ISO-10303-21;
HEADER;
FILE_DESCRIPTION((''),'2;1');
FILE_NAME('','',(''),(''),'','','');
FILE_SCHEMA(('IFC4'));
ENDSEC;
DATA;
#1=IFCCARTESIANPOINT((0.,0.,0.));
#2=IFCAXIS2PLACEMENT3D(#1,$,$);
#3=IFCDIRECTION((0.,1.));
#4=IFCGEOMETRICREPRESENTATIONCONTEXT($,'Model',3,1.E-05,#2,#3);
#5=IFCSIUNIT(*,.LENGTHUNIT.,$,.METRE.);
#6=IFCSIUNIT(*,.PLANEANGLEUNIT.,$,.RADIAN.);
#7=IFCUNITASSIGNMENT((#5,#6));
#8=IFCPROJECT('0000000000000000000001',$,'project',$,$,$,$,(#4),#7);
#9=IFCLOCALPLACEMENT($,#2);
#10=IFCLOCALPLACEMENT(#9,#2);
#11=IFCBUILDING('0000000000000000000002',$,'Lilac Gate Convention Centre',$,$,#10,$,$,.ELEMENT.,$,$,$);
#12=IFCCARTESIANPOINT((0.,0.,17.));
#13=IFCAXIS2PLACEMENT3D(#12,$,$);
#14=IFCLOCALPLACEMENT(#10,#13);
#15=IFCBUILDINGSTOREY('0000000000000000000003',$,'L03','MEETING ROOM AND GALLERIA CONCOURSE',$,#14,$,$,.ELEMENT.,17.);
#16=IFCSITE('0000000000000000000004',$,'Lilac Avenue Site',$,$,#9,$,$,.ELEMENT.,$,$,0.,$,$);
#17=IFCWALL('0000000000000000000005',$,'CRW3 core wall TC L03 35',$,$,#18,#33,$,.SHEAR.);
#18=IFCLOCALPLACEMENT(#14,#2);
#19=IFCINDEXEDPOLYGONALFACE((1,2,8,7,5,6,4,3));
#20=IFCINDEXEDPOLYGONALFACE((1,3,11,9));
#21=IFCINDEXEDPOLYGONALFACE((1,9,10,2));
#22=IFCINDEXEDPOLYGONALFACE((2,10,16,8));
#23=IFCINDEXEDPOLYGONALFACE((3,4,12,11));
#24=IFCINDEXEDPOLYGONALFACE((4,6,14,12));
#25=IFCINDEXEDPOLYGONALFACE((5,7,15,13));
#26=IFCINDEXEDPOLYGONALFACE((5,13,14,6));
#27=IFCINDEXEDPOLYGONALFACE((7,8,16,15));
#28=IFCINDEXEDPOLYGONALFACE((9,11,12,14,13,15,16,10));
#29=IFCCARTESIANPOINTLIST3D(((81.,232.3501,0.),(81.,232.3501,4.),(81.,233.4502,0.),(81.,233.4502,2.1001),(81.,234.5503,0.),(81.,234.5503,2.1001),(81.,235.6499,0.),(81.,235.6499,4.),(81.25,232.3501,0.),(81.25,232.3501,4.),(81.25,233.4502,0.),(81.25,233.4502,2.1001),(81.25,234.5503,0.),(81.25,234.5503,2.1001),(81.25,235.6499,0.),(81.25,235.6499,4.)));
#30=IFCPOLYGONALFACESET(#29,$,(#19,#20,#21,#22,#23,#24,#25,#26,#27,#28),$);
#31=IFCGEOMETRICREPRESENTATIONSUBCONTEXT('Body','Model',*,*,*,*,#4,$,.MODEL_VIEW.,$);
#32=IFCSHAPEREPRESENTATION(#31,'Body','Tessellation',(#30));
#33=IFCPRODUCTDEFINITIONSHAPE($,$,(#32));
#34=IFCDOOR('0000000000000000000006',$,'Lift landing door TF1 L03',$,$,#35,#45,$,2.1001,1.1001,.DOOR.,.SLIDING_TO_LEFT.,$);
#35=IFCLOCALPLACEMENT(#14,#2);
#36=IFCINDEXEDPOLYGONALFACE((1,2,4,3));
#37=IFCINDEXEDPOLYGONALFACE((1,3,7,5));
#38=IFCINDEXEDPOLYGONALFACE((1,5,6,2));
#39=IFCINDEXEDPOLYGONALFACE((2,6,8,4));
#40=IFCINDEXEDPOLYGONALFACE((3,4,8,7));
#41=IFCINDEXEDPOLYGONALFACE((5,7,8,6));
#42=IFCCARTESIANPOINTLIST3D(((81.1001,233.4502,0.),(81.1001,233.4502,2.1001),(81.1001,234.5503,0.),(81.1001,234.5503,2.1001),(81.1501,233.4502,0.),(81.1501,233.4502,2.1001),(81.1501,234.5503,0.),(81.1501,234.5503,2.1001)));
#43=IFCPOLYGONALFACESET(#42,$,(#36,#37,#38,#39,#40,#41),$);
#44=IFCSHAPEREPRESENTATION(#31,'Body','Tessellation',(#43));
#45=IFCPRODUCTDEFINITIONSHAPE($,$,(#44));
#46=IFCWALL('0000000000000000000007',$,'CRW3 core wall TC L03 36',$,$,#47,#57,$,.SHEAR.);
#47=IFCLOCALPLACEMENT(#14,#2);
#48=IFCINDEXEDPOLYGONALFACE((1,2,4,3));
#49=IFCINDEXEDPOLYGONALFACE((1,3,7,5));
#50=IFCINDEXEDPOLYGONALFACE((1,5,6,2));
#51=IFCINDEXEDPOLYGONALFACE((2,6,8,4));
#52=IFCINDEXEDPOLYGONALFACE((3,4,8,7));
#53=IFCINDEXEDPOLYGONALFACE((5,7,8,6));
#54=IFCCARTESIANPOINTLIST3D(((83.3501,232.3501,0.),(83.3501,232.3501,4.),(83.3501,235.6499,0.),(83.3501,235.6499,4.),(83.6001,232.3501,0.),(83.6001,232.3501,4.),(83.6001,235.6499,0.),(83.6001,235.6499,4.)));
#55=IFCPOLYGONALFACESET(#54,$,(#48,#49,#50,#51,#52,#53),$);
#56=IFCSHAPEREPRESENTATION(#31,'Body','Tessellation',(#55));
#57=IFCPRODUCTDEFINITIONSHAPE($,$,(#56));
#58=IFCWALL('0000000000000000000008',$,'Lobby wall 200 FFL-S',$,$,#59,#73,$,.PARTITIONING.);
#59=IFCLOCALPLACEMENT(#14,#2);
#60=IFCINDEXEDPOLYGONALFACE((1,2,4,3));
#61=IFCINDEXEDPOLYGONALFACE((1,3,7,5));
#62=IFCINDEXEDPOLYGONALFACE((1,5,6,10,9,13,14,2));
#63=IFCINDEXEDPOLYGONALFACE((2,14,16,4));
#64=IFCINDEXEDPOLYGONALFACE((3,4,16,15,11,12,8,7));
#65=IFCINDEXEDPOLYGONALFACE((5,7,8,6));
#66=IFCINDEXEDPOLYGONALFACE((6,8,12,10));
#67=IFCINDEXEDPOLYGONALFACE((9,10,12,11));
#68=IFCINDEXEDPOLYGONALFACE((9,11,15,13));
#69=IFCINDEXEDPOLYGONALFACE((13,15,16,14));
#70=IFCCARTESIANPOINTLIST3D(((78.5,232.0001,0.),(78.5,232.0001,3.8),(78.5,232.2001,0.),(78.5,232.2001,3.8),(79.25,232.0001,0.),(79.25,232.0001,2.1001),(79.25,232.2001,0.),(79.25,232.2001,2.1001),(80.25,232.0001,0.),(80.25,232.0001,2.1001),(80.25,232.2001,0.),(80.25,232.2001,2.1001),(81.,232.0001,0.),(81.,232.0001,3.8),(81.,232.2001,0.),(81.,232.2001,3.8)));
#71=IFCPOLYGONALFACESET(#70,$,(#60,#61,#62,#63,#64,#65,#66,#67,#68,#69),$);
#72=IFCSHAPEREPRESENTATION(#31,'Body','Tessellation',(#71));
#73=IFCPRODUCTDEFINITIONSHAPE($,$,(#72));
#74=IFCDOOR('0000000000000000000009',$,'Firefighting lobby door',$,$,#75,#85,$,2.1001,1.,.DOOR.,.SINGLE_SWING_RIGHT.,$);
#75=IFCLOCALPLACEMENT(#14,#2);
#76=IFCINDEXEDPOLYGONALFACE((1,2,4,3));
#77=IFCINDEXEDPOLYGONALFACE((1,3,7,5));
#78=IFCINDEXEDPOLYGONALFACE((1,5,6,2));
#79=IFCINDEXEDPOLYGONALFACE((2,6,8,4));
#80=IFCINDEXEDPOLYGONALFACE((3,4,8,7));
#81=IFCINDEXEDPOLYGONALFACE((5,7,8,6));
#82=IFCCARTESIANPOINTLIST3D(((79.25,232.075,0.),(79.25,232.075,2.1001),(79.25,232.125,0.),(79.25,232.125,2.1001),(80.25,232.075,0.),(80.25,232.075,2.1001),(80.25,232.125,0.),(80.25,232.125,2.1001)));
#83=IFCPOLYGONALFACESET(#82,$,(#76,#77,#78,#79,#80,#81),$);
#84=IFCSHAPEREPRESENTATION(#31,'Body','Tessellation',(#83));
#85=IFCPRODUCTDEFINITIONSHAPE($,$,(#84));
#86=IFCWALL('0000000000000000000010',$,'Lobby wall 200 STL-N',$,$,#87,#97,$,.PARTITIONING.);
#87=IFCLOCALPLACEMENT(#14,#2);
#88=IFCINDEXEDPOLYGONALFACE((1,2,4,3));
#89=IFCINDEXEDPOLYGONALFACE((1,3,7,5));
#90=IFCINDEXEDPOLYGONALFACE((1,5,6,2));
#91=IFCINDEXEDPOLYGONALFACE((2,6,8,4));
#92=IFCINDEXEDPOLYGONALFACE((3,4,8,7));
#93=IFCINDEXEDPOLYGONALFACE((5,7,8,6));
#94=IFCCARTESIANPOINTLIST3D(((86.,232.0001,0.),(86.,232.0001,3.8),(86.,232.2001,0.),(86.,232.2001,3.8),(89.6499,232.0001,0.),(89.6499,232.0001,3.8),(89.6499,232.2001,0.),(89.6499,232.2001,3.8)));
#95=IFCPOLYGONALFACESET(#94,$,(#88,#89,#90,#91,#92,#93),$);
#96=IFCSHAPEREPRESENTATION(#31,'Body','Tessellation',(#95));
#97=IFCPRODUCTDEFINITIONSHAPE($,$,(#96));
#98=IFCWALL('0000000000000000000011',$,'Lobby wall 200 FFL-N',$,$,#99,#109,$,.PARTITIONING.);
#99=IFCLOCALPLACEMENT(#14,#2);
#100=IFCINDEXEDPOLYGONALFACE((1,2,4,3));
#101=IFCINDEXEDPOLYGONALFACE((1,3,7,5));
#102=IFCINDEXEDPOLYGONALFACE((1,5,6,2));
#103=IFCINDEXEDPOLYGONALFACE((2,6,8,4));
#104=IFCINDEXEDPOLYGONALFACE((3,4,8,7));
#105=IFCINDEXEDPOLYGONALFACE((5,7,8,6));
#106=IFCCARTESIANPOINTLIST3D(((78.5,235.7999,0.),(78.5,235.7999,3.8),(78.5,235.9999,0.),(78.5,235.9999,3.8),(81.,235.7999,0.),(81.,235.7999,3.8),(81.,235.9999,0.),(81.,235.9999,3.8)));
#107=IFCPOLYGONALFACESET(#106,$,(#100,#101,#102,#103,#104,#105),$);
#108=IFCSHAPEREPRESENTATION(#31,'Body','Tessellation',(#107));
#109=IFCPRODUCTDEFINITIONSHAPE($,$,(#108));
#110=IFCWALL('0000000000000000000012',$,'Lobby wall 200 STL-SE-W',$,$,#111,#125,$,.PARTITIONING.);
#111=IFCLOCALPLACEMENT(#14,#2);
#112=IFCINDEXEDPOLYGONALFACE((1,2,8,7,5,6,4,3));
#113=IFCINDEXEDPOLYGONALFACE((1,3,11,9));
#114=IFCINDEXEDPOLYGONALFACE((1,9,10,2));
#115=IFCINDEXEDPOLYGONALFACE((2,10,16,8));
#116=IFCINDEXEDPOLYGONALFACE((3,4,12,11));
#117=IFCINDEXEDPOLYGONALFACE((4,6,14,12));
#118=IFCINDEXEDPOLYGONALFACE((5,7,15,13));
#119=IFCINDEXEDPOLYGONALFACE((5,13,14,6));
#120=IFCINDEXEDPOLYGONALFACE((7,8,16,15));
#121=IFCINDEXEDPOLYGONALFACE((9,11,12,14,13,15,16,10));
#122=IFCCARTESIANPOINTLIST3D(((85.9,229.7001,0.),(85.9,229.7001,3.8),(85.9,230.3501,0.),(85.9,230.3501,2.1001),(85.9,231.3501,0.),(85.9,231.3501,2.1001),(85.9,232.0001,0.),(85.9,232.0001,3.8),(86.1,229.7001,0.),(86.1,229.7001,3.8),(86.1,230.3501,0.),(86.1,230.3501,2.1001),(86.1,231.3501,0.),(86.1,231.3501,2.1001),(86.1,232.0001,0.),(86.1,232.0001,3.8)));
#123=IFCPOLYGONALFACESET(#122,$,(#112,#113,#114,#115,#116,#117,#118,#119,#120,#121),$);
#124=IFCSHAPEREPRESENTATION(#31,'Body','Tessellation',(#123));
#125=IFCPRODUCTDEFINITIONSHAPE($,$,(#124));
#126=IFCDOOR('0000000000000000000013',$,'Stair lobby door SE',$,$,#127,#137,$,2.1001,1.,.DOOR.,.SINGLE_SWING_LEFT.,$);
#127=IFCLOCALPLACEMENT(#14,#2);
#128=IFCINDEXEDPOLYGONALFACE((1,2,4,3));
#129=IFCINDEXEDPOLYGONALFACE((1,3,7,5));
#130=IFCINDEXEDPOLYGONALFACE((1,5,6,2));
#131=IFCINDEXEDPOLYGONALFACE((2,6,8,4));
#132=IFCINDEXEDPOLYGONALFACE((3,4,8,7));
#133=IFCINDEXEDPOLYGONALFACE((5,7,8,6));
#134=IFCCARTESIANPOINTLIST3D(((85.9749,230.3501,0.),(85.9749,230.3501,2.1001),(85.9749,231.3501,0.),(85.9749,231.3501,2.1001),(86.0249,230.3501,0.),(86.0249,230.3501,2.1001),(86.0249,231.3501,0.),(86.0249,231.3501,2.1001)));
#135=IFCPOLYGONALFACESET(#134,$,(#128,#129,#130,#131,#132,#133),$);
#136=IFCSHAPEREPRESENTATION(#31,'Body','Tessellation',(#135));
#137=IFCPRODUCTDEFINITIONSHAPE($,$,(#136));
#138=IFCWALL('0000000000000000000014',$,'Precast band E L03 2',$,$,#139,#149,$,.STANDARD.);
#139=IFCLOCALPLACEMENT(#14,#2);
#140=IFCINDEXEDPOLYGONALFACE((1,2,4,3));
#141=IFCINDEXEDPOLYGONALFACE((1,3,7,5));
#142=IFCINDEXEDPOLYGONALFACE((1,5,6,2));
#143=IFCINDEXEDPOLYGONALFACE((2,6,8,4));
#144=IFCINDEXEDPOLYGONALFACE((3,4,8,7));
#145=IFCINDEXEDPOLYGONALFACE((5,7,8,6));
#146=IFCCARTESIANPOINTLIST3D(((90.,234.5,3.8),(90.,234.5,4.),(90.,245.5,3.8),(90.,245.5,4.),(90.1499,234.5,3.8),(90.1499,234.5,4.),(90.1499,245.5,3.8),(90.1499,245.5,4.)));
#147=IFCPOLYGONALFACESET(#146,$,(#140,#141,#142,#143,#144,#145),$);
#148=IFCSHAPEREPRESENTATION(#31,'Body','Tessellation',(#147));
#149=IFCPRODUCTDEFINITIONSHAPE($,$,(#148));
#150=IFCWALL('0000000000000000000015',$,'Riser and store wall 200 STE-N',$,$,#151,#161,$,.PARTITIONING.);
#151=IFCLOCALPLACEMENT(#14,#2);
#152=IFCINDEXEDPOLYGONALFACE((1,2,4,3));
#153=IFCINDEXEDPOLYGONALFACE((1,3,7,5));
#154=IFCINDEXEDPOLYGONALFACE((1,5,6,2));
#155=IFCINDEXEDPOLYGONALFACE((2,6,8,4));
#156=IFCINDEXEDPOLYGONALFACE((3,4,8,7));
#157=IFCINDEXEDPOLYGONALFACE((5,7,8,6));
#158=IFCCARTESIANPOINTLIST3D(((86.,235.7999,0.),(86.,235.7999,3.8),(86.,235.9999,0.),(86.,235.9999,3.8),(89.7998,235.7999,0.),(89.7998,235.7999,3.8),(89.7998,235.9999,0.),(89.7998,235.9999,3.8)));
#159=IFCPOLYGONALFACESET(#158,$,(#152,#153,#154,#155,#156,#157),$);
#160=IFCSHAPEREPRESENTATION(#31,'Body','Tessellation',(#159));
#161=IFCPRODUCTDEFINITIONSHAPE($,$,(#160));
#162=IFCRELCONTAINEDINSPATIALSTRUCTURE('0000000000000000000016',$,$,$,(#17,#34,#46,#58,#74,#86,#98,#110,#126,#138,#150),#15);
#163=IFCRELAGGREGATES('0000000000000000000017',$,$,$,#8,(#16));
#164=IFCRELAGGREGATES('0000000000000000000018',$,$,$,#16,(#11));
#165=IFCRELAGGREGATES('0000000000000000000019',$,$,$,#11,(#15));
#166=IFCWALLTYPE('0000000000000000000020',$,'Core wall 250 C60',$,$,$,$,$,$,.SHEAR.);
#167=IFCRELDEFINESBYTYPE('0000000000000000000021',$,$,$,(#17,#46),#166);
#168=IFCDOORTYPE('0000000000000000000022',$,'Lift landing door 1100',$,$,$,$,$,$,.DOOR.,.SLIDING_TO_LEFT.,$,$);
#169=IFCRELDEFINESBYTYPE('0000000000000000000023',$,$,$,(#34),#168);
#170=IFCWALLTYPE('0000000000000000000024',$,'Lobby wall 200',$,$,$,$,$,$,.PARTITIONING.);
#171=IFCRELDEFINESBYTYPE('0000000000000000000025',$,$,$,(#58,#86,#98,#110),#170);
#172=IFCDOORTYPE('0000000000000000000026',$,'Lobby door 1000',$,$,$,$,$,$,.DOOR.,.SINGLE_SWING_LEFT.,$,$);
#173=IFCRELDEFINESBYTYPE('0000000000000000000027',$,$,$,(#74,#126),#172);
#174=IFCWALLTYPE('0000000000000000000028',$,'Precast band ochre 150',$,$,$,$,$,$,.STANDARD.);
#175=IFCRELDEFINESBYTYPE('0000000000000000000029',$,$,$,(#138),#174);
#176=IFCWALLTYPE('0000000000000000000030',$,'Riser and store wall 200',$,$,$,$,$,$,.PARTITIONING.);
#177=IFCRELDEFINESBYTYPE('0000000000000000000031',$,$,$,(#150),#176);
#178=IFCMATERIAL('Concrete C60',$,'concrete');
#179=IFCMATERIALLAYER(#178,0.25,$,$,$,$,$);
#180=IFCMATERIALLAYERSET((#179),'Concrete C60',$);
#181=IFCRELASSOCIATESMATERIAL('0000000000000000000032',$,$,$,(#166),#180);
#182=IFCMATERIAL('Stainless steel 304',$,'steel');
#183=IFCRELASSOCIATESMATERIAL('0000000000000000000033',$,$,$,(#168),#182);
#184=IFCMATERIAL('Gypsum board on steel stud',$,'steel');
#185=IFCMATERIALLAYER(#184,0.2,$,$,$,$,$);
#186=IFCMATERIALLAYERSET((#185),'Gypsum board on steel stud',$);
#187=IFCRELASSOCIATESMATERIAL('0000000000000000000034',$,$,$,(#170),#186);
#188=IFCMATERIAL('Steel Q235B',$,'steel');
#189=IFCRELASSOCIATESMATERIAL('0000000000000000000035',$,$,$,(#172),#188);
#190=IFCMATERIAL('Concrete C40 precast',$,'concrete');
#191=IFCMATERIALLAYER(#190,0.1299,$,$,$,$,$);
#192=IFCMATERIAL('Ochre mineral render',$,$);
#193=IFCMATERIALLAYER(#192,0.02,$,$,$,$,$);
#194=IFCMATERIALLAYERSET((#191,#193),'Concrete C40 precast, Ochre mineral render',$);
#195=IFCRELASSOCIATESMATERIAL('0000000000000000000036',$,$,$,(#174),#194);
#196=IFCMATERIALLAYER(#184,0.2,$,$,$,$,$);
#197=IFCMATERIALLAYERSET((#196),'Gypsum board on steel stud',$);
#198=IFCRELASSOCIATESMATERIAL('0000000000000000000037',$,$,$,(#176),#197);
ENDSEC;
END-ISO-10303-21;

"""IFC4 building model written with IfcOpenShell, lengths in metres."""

from ifc_helpers import new_model, si_unit, direction, frame, frame_2d, origin, place, context, subcontext, project, spatial, rectangle, extrude, material, layer, layer_set, type_object, element, fill, save


model = new_model("IFC4")

# Units and contexts
model_context = context("Model", 3, precision=1e-05, world=origin(), true_north=direction((0.0, 1.0)))
body_context = subcontext(model_context, "Body", "Model", "MODEL_VIEW")
ifc_project = project(units=[si_unit("LENGTHUNIT", "METRE"), si_unit("PLANEANGLEUNIT", "RADIAN")], contexts=[model_context])

# Site, building, storey
site_placement = place(None, origin())
site = spatial("IfcSite", under=ifc_project, at=site_placement, Name="Lilac Avenue Site", CompositionType="ELEMENT", RefElevation=0.0)
building_placement = place(site_placement, origin())
building = spatial("IfcBuilding", under=site, at=building_placement, Name="Lilac Gate Convention Centre", CompositionType="ELEMENT")
storey_placement = place(building_placement, frame((0.0, 0.0, 17.0)))
storey = spatial("IfcBuildingStorey", under=building, at=storey_placement, Name="L03", Description="MEETING ROOM AND GALLERIA CONCOURSE", CompositionType="ELEMENT", Elevation=17.0)

# Shared definitions
ifc_material_1 = material(Name="Concrete C60", Category="concrete")
ifc_layer_1 = layer(ifc_material_1, 0.25)
ifc_layer_set_1 = layer_set([ifc_layer_1], Name="Concrete C60")
wall_type_1 = type_object("IfcWallType", Name="Core wall 250 C60", PredefinedType="SHEAR", material=ifc_layer_set_1)

# Wall, opening, door
wall_1_placement = place(storey_placement, frame((81.125, 232.3501, 0.0), z_axis=(0.0, 0.0, 1.0), x_axis=(0.0, 1.0, 0.0)))
wall_1 = element("IfcWall", 1, at=wall_1_placement, inside=storey, type_object=wall_type_1, Name="CRW3 core wall TC L03 35", PredefinedType="SHEAR", context=body_context, shape_type="SweptSolid", body=[
    extrude(rectangle(XDim=3.2998, YDim=0.25, at=frame_2d((1.6499, 0.0))), origin(), (0.0, 0.0, 1.0), 4.0),
])
opening_1_placement = place(wall_1_placement, frame((1.1001, 0.0, 0.0)))
opening_1 = element("IfcOpeningElement", 2, at=opening_1_placement, cuts=wall_1, PredefinedType="OPENING", context=body_context, shape_type="SweptSolid", body=[
    extrude(rectangle(XDim=1.1001, YDim=2.1001, at=frame_2d((0.55, 1.05))), frame((0.0, 0.135, 0.0), z_axis=(0.0, -1.0, 0.0), x_axis=(1.0, 0.0, 0.0)), (0.0, 0.0, 1.0), 0.27),
])
ifc_material_2 = material(Name="Stainless steel 304", Category="steel")
door_type_1 = type_object("IfcDoorType", Name="Lift landing door 1100", OperationType="SLIDING_TO_LEFT", PredefinedType="DOOR", material=ifc_material_2)
door_1_placement = place(opening_1_placement, origin())
door_1 = element("IfcDoor", 3, at=door_1_placement, inside=storey, type_object=door_type_1, Name="Lift landing door TF1 L03", OperationType="SLIDING_TO_LEFT", OverallHeight=2.1001, OverallWidth=1.1001, PredefinedType="DOOR", context=body_context, shape_type="SweptSolid", body=[
    extrude(rectangle(XDim=1.1001, YDim=2.1001, at=frame_2d((0.55, 1.05))), frame((0.0, 0.0249, 0.0), z_axis=(0.0, -1.0, 0.0), x_axis=(1.0, 0.0, 0.0)), (0.0, 0.0, 1.0), 0.05),
])
fill(opening_1, door_1)

# Wall
wall_2_placement = place(storey_placement, frame((83.4751, 232.3501, 0.0), z_axis=(0.0, 0.0, 1.0), x_axis=(0.0, 1.0, 0.0)))
element("IfcWall", 4, at=wall_2_placement, inside=storey, type_object=wall_type_1, Name="CRW3 core wall TC L03 36", PredefinedType="SHEAR", context=body_context, shape_type="SweptSolid", body=[
    extrude(rectangle(XDim=3.2998, YDim=0.25, at=frame_2d((1.6499, 0.0))), origin(), (0.0, 0.0, 1.0), 4.0),
])

# Wall, opening, door
ifc_material_3 = material(Name="Gypsum board on steel stud", Category="steel")
ifc_layer_2 = layer(ifc_material_3, 0.2)
ifc_layer_set_2 = layer_set([ifc_layer_2], Name="Gypsum board on steel stud")
wall_type_2 = type_object("IfcWallType", Name="Lobby wall 200", PredefinedType="PARTITIONING", material=ifc_layer_set_2)
wall_3_placement = place(storey_placement, frame((78.5, 232.1001, 0.0), z_axis=(0.0, 0.0, 1.0), x_axis=(1.0, 0.0, 0.0)))
wall_3 = element("IfcWall", 5, at=wall_3_placement, inside=storey, type_object=wall_type_2, Name="Lobby wall 200 FFL-S", PredefinedType="PARTITIONING", context=body_context, shape_type="SweptSolid", body=[
    extrude(rectangle(XDim=2.5, YDim=0.2, at=frame_2d((1.25, 0.0))), origin(), (0.0, 0.0, 1.0), 3.8),
])
opening_2_placement = place(wall_3_placement, frame((0.75, 0.0, 0.0)))
opening_2 = element("IfcOpeningElement", 6, at=opening_2_placement, cuts=wall_3, PredefinedType="OPENING", context=body_context, shape_type="SweptSolid", body=[
    extrude(rectangle(XDim=1.0, YDim=2.1001, at=frame_2d((0.5, 1.05))), frame((0.0, 0.1099, 0.0), z_axis=(0.0, -1.0, 0.0), x_axis=(1.0, 0.0, 0.0)), (0.0, 0.0, 1.0), 0.22),
])
ifc_material_4 = material(Name="Steel Q235B", Category="steel")
door_type_2 = type_object("IfcDoorType", Name="Lobby door 1000", OperationType="SINGLE_SWING_LEFT", PredefinedType="DOOR", material=ifc_material_4)
door_2_placement = place(opening_2_placement, origin())
door_2 = element("IfcDoor", 7, at=door_2_placement, inside=storey, type_object=door_type_2, Name="Firefighting lobby door", OperationType="SINGLE_SWING_RIGHT", OverallHeight=2.1001, OverallWidth=1.0, PredefinedType="DOOR", context=body_context, shape_type="SweptSolid", body=[
    extrude(rectangle(XDim=1.0, YDim=2.1001, at=frame_2d((0.5, 1.05))), frame((0.0, 0.0249, 0.0), z_axis=(0.0, -1.0, 0.0), x_axis=(1.0, 0.0, 0.0)), (0.0, 0.0, 1.0), 0.05),
])
fill(opening_2, door_2)

# Walls
wall_4_placement = place(storey_placement, frame((86.0, 232.1001, 0.0), z_axis=(0.0, 0.0, 1.0), x_axis=(1.0, 0.0, 0.0)))
element("IfcWall", 8, at=wall_4_placement, inside=storey, type_object=wall_type_2, Name="Lobby wall 200 STL-N", PredefinedType="PARTITIONING", context=body_context, shape_type="SweptSolid", body=[
    extrude(rectangle(XDim=3.6499, YDim=0.2, at=frame_2d((1.825, 0.0))), origin(), (0.0, 0.0, 1.0), 3.8),
])
wall_5_placement = place(storey_placement, frame((78.5, 235.8999, 0.0), z_axis=(0.0, 0.0, 1.0), x_axis=(1.0, 0.0, 0.0)))
element("IfcWall", 9, at=wall_5_placement, inside=storey, type_object=wall_type_2, Name="Lobby wall 200 FFL-N", PredefinedType="PARTITIONING", context=body_context, shape_type="SweptSolid", body=[
    extrude(rectangle(XDim=2.5, YDim=0.2, at=frame_2d((1.25, 0.0))), origin(), (0.0, 0.0, 1.0), 3.8),
])

# Wall, opening, door
wall_6_placement = place(storey_placement, frame((86.0, 232.0, 0.0), z_axis=(0.0, 0.0, 1.0), x_axis=(0.0, -1.0, 0.0)))
wall_6 = element("IfcWall", 10, at=wall_6_placement, inside=storey, type_object=wall_type_2, Name="Lobby wall 200 STL-SE-W", PredefinedType="PARTITIONING", context=body_context, shape_type="SweptSolid", body=[
    extrude(rectangle(XDim=2.3, YDim=0.2, at=frame_2d((1.1499, 0.0))), origin(), (0.0, 0.0, 1.0), 3.8),
])
opening_3_placement = place(wall_6_placement, frame((0.6499, 0.0, 0.0)))
opening_3 = element("IfcOpeningElement", 11, at=opening_3_placement, cuts=wall_6, PredefinedType="OPENING", context=body_context, shape_type="SweptSolid", body=[
    extrude(rectangle(XDim=1.0, YDim=2.1001, at=frame_2d((0.5, 1.05))), frame((0.0, 0.1099, 0.0), z_axis=(0.0, -1.0, 0.0), x_axis=(1.0, 0.0, 0.0)), (0.0, 0.0, 1.0), 0.22),
])
door_3_placement = place(opening_3_placement, origin())
door_3 = element("IfcDoor", 12, at=door_3_placement, inside=storey, type_object=door_type_2, Name="Stair lobby door SE", OperationType="SINGLE_SWING_LEFT", OverallHeight=2.1001, OverallWidth=1.0, PredefinedType="DOOR", context=body_context, shape_type="SweptSolid", body=[
    extrude(rectangle(XDim=1.0, YDim=2.1001, at=frame_2d((0.5, 1.05))), frame((0.0, 0.0249, 0.0), z_axis=(0.0, -1.0, 0.0), x_axis=(1.0, 0.0, 0.0)), (0.0, 0.0, 1.0), 0.05),
])
fill(opening_3, door_3)

# Walls
ifc_material_5 = material(Name="Concrete C40 precast", Category="concrete")
ifc_layer_3 = layer(ifc_material_5, 0.1299)
ifc_material_6 = material(Name="Ochre mineral render")
ifc_layer_4 = layer(ifc_material_6, 0.02)
ifc_layer_set_3 = layer_set([ifc_layer_3, ifc_layer_4], Name="Concrete C40 precast, Ochre mineral render")
wall_type_3 = type_object("IfcWallType", Name="Precast band ochre 150", PredefinedType="STANDARD", material=ifc_layer_set_3)
wall_7_placement = place(storey_placement, frame((90.075, 234.5, 3.8), z_axis=(0.0, 0.0, 1.0), x_axis=(0.0, 1.0, 0.0)))
element("IfcWall", 13, at=wall_7_placement, inside=storey, type_object=wall_type_3, Name="Precast band E L03 2", PredefinedType="STANDARD", context=body_context, shape_type="SweptSolid", body=[
    extrude(rectangle(XDim=11.0, YDim=0.1499, at=frame_2d((5.5, 0.0))), origin(), (0.0, 0.0, 1.0), 0.2),
])
ifc_layer_5 = layer(ifc_material_3, 0.2)
ifc_layer_set_4 = layer_set([ifc_layer_5], Name="Gypsum board on steel stud")
wall_type_4 = type_object("IfcWallType", Name="Riser and store wall 200", PredefinedType="PARTITIONING", material=ifc_layer_set_4)
wall_8_placement = place(storey_placement, frame((86.0, 235.8999, 0.0), z_axis=(0.0, 0.0, 1.0), x_axis=(1.0, 0.0, 0.0)))
element("IfcWall", 14, at=wall_8_placement, inside=storey, type_object=wall_type_4, Name="Riser and store wall 200 STE-N", PredefinedType="PARTITIONING", context=body_context, shape_type="SweptSolid", body=[
    extrude(rectangle(XDim=3.7998, YDim=0.2, at=frame_2d((1.8999, 0.0))), origin(), (0.0, 0.0, 1.0), 3.8),
])

save(model, "model.ifc")
